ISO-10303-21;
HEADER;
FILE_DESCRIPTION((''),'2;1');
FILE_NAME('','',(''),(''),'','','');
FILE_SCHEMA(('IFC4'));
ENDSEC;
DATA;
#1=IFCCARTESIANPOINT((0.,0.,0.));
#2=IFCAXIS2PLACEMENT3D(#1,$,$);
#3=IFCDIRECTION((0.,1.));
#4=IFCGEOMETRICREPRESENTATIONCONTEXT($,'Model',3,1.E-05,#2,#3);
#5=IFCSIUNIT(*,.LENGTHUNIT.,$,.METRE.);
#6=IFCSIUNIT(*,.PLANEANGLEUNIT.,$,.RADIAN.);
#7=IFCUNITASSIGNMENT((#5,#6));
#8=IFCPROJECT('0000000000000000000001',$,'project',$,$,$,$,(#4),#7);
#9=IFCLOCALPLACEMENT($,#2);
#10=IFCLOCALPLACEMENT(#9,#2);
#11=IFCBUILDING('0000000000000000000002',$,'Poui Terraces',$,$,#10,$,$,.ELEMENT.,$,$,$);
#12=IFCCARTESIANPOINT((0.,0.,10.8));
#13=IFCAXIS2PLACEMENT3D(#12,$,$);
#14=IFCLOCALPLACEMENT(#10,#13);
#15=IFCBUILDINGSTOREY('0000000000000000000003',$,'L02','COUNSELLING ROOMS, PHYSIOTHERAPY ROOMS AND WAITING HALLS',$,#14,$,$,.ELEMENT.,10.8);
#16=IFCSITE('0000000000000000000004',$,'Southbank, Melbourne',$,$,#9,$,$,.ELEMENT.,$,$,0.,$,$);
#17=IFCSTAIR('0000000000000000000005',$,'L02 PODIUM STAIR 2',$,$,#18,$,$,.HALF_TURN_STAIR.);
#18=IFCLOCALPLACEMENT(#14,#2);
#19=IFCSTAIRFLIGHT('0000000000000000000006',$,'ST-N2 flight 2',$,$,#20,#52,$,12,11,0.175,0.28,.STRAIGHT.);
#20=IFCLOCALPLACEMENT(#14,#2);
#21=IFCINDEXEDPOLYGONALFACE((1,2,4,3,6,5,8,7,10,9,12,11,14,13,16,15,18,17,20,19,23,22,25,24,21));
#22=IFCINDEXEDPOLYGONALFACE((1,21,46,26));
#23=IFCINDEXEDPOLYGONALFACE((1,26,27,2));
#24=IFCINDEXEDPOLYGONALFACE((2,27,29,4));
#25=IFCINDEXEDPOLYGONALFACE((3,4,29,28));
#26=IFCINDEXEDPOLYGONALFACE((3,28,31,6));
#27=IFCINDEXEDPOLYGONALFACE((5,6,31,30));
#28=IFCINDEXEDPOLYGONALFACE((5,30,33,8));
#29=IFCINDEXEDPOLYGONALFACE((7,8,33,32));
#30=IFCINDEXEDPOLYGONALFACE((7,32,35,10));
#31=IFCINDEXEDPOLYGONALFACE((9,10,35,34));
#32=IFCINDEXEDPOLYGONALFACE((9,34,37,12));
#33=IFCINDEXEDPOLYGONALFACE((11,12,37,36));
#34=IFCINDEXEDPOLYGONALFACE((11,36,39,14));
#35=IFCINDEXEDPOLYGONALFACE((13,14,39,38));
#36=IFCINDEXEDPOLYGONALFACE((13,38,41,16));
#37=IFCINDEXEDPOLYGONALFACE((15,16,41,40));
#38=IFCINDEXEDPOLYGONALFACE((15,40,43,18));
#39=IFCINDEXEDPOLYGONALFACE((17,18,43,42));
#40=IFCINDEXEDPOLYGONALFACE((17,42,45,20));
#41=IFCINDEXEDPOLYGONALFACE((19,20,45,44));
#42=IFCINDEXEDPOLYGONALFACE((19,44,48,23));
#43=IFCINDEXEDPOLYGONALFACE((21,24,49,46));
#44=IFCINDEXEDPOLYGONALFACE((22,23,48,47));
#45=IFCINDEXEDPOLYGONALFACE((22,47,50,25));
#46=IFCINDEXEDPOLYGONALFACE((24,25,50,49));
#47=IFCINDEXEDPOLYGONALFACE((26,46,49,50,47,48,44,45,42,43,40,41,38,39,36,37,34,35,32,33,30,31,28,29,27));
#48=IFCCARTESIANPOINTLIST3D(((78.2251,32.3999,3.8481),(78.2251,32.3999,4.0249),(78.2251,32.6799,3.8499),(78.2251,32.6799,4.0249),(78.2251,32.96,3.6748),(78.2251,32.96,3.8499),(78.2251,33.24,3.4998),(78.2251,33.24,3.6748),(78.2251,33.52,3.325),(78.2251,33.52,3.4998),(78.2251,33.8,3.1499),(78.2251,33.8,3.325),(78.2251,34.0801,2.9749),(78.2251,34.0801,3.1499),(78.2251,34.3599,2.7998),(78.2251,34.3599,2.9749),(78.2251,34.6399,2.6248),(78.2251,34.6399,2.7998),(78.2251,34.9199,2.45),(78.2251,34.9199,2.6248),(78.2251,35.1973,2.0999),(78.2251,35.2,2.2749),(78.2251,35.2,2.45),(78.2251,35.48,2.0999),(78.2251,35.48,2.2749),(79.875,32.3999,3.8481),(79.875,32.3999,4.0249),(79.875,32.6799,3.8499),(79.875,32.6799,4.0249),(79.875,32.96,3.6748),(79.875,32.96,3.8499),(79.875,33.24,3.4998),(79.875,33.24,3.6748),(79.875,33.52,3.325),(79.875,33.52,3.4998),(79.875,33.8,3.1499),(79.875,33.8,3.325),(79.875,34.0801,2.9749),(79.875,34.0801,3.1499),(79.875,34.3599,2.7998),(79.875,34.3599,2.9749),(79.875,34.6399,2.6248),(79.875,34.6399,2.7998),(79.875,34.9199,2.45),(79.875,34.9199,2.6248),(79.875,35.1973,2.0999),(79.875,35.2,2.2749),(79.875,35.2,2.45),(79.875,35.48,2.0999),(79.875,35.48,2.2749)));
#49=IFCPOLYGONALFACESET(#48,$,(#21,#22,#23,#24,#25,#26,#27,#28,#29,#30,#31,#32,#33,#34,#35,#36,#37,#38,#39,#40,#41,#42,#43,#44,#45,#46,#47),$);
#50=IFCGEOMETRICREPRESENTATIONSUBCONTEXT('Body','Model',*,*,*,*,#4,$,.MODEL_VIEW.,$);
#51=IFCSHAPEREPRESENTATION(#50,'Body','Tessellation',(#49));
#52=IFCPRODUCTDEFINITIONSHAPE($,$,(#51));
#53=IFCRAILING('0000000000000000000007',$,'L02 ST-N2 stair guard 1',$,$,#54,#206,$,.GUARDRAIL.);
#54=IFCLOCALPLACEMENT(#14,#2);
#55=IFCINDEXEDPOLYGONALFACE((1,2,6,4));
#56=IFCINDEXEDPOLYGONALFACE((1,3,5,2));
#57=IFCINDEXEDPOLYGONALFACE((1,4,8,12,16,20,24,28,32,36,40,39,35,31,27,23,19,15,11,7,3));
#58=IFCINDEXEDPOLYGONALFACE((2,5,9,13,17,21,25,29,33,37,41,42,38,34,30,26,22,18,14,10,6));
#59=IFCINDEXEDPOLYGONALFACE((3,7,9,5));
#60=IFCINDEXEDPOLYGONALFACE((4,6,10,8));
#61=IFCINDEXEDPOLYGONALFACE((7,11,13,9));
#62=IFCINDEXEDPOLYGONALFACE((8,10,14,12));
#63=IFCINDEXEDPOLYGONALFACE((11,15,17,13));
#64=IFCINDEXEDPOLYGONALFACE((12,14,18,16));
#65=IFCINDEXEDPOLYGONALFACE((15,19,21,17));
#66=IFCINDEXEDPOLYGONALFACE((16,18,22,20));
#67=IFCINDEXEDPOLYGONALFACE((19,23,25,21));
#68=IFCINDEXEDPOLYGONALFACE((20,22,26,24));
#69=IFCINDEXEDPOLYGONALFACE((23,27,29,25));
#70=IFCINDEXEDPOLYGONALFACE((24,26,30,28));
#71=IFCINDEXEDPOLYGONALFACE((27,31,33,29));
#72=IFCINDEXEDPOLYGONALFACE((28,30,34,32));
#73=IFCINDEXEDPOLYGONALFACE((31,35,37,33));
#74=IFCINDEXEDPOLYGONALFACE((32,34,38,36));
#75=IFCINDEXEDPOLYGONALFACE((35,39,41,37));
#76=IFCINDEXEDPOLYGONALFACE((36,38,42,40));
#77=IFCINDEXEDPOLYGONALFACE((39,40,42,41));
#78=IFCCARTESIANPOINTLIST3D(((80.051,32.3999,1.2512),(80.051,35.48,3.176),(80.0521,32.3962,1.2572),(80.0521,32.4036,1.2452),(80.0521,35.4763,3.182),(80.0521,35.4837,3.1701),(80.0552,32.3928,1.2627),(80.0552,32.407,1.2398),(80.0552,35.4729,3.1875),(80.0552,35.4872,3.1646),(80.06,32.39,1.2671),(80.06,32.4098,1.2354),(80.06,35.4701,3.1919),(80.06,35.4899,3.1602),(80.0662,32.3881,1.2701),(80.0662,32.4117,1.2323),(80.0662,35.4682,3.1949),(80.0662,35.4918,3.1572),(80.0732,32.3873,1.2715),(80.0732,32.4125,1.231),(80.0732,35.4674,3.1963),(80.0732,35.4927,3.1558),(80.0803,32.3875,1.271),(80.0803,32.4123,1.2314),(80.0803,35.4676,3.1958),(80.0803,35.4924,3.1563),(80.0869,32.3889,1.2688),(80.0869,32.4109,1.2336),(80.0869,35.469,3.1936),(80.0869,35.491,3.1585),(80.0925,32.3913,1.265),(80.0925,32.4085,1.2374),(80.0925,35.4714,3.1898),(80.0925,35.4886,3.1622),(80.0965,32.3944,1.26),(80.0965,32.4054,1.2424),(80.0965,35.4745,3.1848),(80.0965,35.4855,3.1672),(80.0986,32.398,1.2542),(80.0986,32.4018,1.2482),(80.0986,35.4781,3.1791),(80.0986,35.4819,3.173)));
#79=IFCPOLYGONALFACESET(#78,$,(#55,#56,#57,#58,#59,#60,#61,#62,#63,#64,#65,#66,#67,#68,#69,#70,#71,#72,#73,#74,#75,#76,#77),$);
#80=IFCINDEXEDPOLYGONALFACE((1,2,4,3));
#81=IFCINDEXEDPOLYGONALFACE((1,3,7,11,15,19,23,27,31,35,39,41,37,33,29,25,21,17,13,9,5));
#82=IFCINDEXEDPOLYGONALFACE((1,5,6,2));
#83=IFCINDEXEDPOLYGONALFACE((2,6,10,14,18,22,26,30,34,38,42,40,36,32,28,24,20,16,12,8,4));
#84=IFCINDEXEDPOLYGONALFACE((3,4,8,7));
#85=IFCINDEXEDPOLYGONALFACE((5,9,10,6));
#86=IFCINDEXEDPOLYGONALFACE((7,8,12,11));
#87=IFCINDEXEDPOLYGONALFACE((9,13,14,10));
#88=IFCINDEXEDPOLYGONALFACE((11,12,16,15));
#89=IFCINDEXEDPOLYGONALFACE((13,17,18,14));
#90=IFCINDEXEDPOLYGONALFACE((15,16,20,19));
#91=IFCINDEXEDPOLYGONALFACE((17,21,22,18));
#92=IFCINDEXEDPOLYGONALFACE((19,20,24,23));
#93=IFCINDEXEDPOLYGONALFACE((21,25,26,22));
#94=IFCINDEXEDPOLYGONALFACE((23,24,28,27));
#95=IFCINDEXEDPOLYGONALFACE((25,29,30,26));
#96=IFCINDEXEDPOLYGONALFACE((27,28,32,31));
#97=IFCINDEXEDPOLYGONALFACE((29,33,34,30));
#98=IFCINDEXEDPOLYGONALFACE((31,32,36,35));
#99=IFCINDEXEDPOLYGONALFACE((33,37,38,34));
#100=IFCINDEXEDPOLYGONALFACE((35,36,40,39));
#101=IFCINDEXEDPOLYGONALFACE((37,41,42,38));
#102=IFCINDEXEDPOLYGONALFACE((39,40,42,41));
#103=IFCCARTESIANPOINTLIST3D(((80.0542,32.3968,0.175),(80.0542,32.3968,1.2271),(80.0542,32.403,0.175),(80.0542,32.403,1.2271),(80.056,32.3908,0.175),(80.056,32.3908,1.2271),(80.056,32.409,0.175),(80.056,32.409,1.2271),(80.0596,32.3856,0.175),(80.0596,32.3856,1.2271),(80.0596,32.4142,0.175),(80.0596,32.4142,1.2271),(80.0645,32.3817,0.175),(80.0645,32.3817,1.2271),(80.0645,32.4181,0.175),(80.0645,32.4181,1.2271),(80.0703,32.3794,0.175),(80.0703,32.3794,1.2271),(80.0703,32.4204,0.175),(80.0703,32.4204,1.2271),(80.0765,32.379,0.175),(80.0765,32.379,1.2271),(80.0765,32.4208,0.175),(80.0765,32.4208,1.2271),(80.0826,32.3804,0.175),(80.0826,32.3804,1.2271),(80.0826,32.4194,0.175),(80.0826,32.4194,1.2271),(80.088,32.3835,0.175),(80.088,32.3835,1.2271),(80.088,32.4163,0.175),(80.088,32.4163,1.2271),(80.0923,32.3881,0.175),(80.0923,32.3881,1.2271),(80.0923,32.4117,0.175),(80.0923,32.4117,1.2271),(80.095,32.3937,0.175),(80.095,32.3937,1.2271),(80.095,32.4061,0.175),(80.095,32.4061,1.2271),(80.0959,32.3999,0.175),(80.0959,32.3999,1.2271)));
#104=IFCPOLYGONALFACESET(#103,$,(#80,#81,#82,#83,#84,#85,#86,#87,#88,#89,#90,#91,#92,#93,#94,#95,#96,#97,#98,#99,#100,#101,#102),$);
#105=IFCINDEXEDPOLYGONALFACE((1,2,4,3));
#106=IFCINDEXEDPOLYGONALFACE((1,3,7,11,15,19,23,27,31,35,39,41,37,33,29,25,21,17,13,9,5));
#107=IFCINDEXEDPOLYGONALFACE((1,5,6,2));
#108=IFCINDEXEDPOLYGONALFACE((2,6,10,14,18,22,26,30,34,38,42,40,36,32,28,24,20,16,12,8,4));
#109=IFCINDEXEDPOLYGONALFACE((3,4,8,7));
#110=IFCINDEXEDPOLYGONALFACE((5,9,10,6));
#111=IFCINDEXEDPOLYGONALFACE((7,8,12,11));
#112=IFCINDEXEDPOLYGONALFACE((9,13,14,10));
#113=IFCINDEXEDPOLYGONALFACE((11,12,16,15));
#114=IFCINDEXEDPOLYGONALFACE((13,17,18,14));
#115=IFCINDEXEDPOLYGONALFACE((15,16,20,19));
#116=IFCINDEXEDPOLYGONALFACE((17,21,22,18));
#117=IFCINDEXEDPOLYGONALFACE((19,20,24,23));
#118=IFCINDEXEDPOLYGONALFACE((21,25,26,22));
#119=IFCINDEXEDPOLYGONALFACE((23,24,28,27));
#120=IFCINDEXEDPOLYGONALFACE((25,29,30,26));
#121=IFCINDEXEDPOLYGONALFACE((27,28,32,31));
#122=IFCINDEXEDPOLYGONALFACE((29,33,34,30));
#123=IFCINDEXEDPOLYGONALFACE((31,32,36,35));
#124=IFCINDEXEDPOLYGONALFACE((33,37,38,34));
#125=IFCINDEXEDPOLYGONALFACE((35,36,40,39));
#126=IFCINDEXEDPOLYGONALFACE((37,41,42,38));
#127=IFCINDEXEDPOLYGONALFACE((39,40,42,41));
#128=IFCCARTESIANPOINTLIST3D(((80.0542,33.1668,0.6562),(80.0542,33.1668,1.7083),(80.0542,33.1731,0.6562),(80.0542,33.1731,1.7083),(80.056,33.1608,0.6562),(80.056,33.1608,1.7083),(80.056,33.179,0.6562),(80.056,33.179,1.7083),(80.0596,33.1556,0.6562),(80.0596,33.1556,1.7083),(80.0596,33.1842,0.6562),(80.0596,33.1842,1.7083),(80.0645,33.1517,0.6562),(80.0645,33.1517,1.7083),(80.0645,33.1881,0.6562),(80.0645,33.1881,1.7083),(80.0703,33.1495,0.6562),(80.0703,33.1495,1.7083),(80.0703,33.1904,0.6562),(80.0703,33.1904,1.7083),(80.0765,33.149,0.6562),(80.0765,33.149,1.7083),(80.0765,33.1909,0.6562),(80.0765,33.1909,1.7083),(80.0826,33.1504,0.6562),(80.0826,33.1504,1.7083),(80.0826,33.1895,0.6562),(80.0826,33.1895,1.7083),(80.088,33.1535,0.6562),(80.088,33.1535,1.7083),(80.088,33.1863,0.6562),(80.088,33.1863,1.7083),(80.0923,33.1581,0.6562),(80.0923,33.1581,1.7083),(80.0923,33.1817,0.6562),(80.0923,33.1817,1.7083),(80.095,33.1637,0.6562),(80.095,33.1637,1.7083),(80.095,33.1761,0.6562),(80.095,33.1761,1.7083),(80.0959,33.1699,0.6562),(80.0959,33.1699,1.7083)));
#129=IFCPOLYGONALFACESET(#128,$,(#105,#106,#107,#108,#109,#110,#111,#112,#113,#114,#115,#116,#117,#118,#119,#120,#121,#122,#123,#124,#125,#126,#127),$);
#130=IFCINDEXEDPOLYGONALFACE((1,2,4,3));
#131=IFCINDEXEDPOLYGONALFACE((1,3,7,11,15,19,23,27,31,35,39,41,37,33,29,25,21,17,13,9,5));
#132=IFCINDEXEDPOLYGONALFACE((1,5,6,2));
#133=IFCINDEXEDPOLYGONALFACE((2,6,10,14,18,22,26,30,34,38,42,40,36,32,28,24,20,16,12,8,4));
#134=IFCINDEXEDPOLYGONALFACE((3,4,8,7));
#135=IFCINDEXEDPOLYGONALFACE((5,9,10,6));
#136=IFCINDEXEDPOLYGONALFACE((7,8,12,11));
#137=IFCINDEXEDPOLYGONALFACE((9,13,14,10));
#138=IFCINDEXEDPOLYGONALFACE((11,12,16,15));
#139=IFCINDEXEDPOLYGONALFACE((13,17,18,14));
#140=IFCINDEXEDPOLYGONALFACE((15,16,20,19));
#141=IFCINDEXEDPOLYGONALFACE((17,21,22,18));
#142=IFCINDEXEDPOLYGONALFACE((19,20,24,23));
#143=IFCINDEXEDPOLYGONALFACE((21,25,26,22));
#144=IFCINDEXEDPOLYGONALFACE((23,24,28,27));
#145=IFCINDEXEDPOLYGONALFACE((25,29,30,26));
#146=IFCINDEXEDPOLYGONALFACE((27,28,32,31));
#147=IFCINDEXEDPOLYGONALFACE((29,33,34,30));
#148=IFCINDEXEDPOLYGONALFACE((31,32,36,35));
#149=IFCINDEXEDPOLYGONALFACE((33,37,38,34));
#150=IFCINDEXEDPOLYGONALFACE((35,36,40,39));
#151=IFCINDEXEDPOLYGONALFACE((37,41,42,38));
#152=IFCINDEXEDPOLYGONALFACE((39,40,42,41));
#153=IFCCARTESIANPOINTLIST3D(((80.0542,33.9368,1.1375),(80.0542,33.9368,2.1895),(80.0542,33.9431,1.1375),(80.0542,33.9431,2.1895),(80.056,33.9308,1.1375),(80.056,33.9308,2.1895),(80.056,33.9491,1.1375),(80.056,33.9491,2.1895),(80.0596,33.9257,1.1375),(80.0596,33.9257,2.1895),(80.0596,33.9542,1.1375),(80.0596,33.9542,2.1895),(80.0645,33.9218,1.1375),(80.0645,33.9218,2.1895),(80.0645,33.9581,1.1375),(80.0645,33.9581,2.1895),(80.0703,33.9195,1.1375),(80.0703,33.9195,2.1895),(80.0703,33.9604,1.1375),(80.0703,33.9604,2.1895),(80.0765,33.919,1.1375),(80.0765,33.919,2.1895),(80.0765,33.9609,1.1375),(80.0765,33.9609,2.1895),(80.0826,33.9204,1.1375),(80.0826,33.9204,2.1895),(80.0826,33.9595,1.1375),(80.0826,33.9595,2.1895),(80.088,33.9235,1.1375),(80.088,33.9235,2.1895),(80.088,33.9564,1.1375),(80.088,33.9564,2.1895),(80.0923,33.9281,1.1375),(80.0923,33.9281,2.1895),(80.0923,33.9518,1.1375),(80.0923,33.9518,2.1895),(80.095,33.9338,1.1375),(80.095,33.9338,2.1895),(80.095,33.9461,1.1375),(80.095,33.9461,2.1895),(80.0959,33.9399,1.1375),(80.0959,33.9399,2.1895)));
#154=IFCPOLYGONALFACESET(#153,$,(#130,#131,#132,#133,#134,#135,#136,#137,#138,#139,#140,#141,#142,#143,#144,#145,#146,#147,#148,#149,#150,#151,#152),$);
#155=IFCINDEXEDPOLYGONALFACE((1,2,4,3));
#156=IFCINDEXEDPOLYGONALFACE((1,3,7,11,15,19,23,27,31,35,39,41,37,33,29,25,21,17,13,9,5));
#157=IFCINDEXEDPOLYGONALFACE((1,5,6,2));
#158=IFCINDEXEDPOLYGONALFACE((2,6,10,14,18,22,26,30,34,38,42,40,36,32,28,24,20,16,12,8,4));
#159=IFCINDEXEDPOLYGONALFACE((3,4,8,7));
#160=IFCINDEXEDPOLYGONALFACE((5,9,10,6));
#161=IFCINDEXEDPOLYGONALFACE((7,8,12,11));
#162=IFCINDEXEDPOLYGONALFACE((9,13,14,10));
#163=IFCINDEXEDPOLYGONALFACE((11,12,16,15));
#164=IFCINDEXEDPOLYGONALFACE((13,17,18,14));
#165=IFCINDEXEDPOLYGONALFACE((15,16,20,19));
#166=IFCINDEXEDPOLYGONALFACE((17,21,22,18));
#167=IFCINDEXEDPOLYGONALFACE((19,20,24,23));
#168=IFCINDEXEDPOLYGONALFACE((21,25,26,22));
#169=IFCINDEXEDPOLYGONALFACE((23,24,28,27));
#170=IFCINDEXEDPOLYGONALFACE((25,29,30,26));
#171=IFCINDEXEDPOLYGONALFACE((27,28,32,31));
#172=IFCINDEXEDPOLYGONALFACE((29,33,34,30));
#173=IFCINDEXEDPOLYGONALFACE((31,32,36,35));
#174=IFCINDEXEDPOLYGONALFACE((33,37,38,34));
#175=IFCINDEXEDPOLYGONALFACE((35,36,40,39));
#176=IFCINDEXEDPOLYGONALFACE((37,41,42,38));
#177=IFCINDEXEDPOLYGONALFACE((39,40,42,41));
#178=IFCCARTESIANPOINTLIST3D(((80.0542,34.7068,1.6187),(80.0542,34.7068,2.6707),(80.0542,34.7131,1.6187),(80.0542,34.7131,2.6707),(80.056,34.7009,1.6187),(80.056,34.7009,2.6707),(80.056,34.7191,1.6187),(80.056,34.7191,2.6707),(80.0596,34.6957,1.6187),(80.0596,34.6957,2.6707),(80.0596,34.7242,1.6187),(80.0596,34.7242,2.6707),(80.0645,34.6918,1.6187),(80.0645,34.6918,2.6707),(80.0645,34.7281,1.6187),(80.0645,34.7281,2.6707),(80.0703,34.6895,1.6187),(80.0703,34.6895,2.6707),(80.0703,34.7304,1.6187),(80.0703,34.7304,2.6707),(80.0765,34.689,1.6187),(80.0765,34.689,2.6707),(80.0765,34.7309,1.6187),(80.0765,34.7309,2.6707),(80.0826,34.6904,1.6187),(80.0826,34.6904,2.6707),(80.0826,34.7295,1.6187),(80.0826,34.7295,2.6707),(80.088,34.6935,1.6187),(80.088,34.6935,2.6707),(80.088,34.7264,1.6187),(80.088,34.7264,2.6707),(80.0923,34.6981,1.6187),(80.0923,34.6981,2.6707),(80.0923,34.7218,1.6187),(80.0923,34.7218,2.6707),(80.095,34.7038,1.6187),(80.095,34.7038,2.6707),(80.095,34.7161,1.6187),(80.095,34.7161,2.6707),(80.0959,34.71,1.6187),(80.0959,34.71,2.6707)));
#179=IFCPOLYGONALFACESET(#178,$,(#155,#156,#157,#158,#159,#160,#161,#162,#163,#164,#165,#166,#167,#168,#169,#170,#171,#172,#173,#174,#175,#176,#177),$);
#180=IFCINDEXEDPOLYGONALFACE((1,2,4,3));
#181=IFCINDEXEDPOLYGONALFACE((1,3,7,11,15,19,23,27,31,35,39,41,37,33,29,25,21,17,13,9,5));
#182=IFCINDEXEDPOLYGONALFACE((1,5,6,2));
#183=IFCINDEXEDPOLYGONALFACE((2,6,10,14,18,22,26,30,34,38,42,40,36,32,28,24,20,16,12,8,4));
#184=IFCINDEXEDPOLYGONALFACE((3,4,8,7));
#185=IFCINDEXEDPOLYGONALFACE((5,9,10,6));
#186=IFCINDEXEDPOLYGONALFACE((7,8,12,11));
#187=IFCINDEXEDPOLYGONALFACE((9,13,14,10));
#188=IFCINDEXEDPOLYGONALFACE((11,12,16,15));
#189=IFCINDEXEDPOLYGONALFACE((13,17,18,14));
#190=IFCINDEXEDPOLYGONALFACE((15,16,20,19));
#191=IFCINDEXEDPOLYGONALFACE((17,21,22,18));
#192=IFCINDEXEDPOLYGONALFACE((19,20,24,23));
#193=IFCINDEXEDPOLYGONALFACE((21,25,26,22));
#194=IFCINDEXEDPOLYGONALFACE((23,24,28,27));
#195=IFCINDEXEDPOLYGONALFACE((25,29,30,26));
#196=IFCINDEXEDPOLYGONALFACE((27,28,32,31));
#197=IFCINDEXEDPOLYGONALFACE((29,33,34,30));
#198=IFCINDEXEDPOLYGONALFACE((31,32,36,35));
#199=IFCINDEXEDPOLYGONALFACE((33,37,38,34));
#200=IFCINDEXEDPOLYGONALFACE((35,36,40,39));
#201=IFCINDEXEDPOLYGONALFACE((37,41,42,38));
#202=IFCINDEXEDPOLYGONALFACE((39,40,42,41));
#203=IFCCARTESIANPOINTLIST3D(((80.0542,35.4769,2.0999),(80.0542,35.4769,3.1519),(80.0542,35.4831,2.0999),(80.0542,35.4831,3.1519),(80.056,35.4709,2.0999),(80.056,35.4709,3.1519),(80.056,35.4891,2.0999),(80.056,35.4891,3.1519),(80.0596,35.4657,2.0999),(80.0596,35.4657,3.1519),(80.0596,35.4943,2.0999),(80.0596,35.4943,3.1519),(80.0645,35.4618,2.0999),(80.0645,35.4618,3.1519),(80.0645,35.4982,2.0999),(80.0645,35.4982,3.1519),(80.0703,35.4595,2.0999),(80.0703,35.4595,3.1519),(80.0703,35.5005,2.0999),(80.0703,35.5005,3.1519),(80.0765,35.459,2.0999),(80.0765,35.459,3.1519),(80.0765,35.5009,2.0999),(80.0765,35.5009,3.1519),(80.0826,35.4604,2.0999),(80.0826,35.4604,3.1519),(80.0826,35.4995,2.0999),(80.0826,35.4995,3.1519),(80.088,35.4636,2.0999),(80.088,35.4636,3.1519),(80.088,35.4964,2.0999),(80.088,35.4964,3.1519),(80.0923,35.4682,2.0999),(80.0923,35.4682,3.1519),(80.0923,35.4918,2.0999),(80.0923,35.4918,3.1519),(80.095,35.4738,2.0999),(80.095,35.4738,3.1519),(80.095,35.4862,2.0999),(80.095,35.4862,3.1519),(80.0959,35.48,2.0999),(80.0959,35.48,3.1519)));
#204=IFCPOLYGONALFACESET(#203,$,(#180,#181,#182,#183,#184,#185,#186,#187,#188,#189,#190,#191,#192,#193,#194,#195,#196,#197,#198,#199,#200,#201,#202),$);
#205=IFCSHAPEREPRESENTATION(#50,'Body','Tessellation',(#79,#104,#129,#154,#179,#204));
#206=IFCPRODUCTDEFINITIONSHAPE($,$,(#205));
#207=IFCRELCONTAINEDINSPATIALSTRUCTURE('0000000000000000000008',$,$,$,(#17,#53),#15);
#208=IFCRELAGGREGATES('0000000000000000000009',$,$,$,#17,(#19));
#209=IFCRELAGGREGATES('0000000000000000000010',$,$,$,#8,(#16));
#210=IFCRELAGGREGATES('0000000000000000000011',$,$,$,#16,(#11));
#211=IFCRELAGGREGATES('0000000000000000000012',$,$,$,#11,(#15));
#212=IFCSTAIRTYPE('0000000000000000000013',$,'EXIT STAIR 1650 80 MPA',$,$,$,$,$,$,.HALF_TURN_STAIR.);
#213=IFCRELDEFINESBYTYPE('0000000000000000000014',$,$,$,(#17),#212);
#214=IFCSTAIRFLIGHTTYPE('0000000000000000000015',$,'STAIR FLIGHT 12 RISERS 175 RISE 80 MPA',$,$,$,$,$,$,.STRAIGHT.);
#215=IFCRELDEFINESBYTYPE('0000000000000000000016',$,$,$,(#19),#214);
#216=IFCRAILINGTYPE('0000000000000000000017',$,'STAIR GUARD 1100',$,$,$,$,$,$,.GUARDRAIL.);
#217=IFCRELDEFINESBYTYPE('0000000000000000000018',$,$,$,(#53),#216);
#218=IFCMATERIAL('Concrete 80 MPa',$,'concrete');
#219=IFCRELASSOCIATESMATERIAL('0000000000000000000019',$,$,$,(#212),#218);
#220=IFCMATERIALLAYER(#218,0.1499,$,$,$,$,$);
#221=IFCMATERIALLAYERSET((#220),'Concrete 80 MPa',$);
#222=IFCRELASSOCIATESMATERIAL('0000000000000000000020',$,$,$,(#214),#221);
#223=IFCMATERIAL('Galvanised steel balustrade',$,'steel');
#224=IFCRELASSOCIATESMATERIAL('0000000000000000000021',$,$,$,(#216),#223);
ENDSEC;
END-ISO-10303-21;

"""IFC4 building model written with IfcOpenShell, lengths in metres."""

from ifc_helpers import new_model, si_unit, direction, frame, origin, origin_2d, place, context, subcontext, project, spatial, polyline, circle, outline, extrude, material, layer, layer_set, type_object, element, aggregate, save


model = new_model("IFC4")

# Units and contexts
model_context = context("Model", 3, precision=1e-05, world=origin(), true_north=direction((0.0, 1.0)))
body_context = subcontext(model_context, "Body", "Model", "MODEL_VIEW")
ifc_project = project(units=[si_unit("LENGTHUNIT", "METRE"), si_unit("PLANEANGLEUNIT", "RADIAN")], contexts=[model_context])

# Site, building, storey
site_placement = place(None, origin())
site = spatial("IfcSite", under=ifc_project, at=site_placement, Name="Southbank, Melbourne", CompositionType="ELEMENT", RefElevation=0.0)
building_placement = place(site_placement, origin())
building = spatial("IfcBuilding", under=site, at=building_placement, Name="Poui Terraces", CompositionType="ELEMENT")
storey_placement = place(building_placement, frame((0.0, 0.0, 10.8)))
storey = spatial("IfcBuildingStorey", under=building, at=storey_placement, Name="L02", Description="COUNSELLING ROOMS, PHYSIOTHERAPY ROOMS AND WAITING HALLS", CompositionType="ELEMENT", Elevation=10.8)

# Shared definitions
ifc_material_1 = material(Name="Concrete 80 MPa", Category="concrete")

# Stair, stair flight
stair_type = type_object("IfcStairType", Name="EXIT STAIR 1650 80 MPA", PredefinedType="HALF_TURN_STAIR", material=ifc_material_1)
stair_placement = place(storey_placement, origin())
stair = element("IfcStair", 1, at=stair_placement, inside=storey, type_object=stair_type, Name="L02 PODIUM STAIR 2", PredefinedType="HALF_TURN_STAIR")
ifc_layer_1 = layer(ifc_material_1, 0.1499)
ifc_layer_set_1 = layer_set([ifc_layer_1], Name="Concrete 80 MPa")
stair_flight_type = type_object("IfcStairFlightType", Name="STAIR FLIGHT 12 RISERS 175 RISE 80 MPA", PredefinedType="STRAIGHT", material=ifc_layer_set_1)
stair_flight_1_placement = place(storey_placement, frame((79.05, 35.48, 2.0999), z_axis=(0.0, 0.0, 1.0), x_axis=(0.0, -1.0, 0.0)))
stair_flight_1 = element("IfcStairFlight", 2, at=stair_flight_1_placement, type_object=stair_flight_type, Name="ST-N2 flight 2", NumberOfRisers=12, NumberOfTreads=11, PredefinedType="STRAIGHT", RiserHeight=0.175, TreadLength=0.28, context=body_context, shape_type="SweptSolid", body=[
    extrude(outline(polyline([(0.0, 0.0), (0.0, 0.175), (0.28, 0.175), (0.28, 0.3501), (0.5601, 0.3501), (0.5601, 0.5249), (0.8401, 0.5249), (0.8401, 0.7), (1.1201, 0.7), (1.1201, 0.875), (1.3999, 0.875), (1.3999, 1.05), (1.6799, 1.05), (1.6799, 1.2251), (1.96, 1.2251), (1.96, 1.3999), (2.24, 1.3999), (2.24, 1.575), (2.52, 1.575), (2.52, 1.75), (2.8, 1.75), (2.8, 1.925), (3.0801, 1.925), (3.0801, 2.1001), (3.0801, 1.7483), (0.2827, 0.0), (0.0, 0.0)])), frame((0.0, 0.825, 0.0), z_axis=(0.0, -1.0, 0.0), x_axis=(1.0, 0.0, 0.0)), (0.0, 0.0, 1.0), 1.6499),
])
aggregate(stair, [stair_flight_1])

# Railing
ifc_material_2 = material(Name="Galvanised steel balustrade", Category="steel")
railing_type_1 = type_object("IfcRailingType", Name="STAIR GUARD 1100", PredefinedType="GUARDRAIL", material=ifc_material_2)
railing_1_placement = place(storey_placement, frame((80.075, 32.3999, 0.175)))
element("IfcRailing", 3, at=railing_1_placement, inside=storey, type_object=railing_type_1, Name="L02 ST-N2 stair guard 1", PredefinedType="GUARDRAIL", context=body_context, shape_type="SweptSolid", body=[
    extrude(circle(Radius=0.0239, at=origin_2d()), frame((0.0, 0.0, 1.0762), z_axis=(0.0, 0.848029, 0.529951), x_axis=(-1.0, 0.0, 0.0)), (0.0, 0.0, 1.0), 3.6321),
    extrude(circle(Radius=0.021, at=origin_2d()), origin(), (0.0, 0.0, 1.0), 1.052),
    extrude(circle(Radius=0.021, at=origin_2d()), frame((0.0, 0.77, 0.4812)), (0.0, 0.0, 1.0), 1.052),
    extrude(circle(Radius=0.021, at=origin_2d()), frame((0.0, 1.54, 0.9624)), (0.0, 0.0, 1.0), 1.052),
    extrude(circle(Radius=0.021, at=origin_2d()), frame((0.0, 2.3101, 1.4436)), (0.0, 0.0, 1.0), 1.052),
    extrude(circle(Radius=0.021, at=origin_2d()), frame((0.0, 3.0801, 1.9248)), (0.0, 0.0, 1.0), 1.052),
])

save(model, "model.ifc")
